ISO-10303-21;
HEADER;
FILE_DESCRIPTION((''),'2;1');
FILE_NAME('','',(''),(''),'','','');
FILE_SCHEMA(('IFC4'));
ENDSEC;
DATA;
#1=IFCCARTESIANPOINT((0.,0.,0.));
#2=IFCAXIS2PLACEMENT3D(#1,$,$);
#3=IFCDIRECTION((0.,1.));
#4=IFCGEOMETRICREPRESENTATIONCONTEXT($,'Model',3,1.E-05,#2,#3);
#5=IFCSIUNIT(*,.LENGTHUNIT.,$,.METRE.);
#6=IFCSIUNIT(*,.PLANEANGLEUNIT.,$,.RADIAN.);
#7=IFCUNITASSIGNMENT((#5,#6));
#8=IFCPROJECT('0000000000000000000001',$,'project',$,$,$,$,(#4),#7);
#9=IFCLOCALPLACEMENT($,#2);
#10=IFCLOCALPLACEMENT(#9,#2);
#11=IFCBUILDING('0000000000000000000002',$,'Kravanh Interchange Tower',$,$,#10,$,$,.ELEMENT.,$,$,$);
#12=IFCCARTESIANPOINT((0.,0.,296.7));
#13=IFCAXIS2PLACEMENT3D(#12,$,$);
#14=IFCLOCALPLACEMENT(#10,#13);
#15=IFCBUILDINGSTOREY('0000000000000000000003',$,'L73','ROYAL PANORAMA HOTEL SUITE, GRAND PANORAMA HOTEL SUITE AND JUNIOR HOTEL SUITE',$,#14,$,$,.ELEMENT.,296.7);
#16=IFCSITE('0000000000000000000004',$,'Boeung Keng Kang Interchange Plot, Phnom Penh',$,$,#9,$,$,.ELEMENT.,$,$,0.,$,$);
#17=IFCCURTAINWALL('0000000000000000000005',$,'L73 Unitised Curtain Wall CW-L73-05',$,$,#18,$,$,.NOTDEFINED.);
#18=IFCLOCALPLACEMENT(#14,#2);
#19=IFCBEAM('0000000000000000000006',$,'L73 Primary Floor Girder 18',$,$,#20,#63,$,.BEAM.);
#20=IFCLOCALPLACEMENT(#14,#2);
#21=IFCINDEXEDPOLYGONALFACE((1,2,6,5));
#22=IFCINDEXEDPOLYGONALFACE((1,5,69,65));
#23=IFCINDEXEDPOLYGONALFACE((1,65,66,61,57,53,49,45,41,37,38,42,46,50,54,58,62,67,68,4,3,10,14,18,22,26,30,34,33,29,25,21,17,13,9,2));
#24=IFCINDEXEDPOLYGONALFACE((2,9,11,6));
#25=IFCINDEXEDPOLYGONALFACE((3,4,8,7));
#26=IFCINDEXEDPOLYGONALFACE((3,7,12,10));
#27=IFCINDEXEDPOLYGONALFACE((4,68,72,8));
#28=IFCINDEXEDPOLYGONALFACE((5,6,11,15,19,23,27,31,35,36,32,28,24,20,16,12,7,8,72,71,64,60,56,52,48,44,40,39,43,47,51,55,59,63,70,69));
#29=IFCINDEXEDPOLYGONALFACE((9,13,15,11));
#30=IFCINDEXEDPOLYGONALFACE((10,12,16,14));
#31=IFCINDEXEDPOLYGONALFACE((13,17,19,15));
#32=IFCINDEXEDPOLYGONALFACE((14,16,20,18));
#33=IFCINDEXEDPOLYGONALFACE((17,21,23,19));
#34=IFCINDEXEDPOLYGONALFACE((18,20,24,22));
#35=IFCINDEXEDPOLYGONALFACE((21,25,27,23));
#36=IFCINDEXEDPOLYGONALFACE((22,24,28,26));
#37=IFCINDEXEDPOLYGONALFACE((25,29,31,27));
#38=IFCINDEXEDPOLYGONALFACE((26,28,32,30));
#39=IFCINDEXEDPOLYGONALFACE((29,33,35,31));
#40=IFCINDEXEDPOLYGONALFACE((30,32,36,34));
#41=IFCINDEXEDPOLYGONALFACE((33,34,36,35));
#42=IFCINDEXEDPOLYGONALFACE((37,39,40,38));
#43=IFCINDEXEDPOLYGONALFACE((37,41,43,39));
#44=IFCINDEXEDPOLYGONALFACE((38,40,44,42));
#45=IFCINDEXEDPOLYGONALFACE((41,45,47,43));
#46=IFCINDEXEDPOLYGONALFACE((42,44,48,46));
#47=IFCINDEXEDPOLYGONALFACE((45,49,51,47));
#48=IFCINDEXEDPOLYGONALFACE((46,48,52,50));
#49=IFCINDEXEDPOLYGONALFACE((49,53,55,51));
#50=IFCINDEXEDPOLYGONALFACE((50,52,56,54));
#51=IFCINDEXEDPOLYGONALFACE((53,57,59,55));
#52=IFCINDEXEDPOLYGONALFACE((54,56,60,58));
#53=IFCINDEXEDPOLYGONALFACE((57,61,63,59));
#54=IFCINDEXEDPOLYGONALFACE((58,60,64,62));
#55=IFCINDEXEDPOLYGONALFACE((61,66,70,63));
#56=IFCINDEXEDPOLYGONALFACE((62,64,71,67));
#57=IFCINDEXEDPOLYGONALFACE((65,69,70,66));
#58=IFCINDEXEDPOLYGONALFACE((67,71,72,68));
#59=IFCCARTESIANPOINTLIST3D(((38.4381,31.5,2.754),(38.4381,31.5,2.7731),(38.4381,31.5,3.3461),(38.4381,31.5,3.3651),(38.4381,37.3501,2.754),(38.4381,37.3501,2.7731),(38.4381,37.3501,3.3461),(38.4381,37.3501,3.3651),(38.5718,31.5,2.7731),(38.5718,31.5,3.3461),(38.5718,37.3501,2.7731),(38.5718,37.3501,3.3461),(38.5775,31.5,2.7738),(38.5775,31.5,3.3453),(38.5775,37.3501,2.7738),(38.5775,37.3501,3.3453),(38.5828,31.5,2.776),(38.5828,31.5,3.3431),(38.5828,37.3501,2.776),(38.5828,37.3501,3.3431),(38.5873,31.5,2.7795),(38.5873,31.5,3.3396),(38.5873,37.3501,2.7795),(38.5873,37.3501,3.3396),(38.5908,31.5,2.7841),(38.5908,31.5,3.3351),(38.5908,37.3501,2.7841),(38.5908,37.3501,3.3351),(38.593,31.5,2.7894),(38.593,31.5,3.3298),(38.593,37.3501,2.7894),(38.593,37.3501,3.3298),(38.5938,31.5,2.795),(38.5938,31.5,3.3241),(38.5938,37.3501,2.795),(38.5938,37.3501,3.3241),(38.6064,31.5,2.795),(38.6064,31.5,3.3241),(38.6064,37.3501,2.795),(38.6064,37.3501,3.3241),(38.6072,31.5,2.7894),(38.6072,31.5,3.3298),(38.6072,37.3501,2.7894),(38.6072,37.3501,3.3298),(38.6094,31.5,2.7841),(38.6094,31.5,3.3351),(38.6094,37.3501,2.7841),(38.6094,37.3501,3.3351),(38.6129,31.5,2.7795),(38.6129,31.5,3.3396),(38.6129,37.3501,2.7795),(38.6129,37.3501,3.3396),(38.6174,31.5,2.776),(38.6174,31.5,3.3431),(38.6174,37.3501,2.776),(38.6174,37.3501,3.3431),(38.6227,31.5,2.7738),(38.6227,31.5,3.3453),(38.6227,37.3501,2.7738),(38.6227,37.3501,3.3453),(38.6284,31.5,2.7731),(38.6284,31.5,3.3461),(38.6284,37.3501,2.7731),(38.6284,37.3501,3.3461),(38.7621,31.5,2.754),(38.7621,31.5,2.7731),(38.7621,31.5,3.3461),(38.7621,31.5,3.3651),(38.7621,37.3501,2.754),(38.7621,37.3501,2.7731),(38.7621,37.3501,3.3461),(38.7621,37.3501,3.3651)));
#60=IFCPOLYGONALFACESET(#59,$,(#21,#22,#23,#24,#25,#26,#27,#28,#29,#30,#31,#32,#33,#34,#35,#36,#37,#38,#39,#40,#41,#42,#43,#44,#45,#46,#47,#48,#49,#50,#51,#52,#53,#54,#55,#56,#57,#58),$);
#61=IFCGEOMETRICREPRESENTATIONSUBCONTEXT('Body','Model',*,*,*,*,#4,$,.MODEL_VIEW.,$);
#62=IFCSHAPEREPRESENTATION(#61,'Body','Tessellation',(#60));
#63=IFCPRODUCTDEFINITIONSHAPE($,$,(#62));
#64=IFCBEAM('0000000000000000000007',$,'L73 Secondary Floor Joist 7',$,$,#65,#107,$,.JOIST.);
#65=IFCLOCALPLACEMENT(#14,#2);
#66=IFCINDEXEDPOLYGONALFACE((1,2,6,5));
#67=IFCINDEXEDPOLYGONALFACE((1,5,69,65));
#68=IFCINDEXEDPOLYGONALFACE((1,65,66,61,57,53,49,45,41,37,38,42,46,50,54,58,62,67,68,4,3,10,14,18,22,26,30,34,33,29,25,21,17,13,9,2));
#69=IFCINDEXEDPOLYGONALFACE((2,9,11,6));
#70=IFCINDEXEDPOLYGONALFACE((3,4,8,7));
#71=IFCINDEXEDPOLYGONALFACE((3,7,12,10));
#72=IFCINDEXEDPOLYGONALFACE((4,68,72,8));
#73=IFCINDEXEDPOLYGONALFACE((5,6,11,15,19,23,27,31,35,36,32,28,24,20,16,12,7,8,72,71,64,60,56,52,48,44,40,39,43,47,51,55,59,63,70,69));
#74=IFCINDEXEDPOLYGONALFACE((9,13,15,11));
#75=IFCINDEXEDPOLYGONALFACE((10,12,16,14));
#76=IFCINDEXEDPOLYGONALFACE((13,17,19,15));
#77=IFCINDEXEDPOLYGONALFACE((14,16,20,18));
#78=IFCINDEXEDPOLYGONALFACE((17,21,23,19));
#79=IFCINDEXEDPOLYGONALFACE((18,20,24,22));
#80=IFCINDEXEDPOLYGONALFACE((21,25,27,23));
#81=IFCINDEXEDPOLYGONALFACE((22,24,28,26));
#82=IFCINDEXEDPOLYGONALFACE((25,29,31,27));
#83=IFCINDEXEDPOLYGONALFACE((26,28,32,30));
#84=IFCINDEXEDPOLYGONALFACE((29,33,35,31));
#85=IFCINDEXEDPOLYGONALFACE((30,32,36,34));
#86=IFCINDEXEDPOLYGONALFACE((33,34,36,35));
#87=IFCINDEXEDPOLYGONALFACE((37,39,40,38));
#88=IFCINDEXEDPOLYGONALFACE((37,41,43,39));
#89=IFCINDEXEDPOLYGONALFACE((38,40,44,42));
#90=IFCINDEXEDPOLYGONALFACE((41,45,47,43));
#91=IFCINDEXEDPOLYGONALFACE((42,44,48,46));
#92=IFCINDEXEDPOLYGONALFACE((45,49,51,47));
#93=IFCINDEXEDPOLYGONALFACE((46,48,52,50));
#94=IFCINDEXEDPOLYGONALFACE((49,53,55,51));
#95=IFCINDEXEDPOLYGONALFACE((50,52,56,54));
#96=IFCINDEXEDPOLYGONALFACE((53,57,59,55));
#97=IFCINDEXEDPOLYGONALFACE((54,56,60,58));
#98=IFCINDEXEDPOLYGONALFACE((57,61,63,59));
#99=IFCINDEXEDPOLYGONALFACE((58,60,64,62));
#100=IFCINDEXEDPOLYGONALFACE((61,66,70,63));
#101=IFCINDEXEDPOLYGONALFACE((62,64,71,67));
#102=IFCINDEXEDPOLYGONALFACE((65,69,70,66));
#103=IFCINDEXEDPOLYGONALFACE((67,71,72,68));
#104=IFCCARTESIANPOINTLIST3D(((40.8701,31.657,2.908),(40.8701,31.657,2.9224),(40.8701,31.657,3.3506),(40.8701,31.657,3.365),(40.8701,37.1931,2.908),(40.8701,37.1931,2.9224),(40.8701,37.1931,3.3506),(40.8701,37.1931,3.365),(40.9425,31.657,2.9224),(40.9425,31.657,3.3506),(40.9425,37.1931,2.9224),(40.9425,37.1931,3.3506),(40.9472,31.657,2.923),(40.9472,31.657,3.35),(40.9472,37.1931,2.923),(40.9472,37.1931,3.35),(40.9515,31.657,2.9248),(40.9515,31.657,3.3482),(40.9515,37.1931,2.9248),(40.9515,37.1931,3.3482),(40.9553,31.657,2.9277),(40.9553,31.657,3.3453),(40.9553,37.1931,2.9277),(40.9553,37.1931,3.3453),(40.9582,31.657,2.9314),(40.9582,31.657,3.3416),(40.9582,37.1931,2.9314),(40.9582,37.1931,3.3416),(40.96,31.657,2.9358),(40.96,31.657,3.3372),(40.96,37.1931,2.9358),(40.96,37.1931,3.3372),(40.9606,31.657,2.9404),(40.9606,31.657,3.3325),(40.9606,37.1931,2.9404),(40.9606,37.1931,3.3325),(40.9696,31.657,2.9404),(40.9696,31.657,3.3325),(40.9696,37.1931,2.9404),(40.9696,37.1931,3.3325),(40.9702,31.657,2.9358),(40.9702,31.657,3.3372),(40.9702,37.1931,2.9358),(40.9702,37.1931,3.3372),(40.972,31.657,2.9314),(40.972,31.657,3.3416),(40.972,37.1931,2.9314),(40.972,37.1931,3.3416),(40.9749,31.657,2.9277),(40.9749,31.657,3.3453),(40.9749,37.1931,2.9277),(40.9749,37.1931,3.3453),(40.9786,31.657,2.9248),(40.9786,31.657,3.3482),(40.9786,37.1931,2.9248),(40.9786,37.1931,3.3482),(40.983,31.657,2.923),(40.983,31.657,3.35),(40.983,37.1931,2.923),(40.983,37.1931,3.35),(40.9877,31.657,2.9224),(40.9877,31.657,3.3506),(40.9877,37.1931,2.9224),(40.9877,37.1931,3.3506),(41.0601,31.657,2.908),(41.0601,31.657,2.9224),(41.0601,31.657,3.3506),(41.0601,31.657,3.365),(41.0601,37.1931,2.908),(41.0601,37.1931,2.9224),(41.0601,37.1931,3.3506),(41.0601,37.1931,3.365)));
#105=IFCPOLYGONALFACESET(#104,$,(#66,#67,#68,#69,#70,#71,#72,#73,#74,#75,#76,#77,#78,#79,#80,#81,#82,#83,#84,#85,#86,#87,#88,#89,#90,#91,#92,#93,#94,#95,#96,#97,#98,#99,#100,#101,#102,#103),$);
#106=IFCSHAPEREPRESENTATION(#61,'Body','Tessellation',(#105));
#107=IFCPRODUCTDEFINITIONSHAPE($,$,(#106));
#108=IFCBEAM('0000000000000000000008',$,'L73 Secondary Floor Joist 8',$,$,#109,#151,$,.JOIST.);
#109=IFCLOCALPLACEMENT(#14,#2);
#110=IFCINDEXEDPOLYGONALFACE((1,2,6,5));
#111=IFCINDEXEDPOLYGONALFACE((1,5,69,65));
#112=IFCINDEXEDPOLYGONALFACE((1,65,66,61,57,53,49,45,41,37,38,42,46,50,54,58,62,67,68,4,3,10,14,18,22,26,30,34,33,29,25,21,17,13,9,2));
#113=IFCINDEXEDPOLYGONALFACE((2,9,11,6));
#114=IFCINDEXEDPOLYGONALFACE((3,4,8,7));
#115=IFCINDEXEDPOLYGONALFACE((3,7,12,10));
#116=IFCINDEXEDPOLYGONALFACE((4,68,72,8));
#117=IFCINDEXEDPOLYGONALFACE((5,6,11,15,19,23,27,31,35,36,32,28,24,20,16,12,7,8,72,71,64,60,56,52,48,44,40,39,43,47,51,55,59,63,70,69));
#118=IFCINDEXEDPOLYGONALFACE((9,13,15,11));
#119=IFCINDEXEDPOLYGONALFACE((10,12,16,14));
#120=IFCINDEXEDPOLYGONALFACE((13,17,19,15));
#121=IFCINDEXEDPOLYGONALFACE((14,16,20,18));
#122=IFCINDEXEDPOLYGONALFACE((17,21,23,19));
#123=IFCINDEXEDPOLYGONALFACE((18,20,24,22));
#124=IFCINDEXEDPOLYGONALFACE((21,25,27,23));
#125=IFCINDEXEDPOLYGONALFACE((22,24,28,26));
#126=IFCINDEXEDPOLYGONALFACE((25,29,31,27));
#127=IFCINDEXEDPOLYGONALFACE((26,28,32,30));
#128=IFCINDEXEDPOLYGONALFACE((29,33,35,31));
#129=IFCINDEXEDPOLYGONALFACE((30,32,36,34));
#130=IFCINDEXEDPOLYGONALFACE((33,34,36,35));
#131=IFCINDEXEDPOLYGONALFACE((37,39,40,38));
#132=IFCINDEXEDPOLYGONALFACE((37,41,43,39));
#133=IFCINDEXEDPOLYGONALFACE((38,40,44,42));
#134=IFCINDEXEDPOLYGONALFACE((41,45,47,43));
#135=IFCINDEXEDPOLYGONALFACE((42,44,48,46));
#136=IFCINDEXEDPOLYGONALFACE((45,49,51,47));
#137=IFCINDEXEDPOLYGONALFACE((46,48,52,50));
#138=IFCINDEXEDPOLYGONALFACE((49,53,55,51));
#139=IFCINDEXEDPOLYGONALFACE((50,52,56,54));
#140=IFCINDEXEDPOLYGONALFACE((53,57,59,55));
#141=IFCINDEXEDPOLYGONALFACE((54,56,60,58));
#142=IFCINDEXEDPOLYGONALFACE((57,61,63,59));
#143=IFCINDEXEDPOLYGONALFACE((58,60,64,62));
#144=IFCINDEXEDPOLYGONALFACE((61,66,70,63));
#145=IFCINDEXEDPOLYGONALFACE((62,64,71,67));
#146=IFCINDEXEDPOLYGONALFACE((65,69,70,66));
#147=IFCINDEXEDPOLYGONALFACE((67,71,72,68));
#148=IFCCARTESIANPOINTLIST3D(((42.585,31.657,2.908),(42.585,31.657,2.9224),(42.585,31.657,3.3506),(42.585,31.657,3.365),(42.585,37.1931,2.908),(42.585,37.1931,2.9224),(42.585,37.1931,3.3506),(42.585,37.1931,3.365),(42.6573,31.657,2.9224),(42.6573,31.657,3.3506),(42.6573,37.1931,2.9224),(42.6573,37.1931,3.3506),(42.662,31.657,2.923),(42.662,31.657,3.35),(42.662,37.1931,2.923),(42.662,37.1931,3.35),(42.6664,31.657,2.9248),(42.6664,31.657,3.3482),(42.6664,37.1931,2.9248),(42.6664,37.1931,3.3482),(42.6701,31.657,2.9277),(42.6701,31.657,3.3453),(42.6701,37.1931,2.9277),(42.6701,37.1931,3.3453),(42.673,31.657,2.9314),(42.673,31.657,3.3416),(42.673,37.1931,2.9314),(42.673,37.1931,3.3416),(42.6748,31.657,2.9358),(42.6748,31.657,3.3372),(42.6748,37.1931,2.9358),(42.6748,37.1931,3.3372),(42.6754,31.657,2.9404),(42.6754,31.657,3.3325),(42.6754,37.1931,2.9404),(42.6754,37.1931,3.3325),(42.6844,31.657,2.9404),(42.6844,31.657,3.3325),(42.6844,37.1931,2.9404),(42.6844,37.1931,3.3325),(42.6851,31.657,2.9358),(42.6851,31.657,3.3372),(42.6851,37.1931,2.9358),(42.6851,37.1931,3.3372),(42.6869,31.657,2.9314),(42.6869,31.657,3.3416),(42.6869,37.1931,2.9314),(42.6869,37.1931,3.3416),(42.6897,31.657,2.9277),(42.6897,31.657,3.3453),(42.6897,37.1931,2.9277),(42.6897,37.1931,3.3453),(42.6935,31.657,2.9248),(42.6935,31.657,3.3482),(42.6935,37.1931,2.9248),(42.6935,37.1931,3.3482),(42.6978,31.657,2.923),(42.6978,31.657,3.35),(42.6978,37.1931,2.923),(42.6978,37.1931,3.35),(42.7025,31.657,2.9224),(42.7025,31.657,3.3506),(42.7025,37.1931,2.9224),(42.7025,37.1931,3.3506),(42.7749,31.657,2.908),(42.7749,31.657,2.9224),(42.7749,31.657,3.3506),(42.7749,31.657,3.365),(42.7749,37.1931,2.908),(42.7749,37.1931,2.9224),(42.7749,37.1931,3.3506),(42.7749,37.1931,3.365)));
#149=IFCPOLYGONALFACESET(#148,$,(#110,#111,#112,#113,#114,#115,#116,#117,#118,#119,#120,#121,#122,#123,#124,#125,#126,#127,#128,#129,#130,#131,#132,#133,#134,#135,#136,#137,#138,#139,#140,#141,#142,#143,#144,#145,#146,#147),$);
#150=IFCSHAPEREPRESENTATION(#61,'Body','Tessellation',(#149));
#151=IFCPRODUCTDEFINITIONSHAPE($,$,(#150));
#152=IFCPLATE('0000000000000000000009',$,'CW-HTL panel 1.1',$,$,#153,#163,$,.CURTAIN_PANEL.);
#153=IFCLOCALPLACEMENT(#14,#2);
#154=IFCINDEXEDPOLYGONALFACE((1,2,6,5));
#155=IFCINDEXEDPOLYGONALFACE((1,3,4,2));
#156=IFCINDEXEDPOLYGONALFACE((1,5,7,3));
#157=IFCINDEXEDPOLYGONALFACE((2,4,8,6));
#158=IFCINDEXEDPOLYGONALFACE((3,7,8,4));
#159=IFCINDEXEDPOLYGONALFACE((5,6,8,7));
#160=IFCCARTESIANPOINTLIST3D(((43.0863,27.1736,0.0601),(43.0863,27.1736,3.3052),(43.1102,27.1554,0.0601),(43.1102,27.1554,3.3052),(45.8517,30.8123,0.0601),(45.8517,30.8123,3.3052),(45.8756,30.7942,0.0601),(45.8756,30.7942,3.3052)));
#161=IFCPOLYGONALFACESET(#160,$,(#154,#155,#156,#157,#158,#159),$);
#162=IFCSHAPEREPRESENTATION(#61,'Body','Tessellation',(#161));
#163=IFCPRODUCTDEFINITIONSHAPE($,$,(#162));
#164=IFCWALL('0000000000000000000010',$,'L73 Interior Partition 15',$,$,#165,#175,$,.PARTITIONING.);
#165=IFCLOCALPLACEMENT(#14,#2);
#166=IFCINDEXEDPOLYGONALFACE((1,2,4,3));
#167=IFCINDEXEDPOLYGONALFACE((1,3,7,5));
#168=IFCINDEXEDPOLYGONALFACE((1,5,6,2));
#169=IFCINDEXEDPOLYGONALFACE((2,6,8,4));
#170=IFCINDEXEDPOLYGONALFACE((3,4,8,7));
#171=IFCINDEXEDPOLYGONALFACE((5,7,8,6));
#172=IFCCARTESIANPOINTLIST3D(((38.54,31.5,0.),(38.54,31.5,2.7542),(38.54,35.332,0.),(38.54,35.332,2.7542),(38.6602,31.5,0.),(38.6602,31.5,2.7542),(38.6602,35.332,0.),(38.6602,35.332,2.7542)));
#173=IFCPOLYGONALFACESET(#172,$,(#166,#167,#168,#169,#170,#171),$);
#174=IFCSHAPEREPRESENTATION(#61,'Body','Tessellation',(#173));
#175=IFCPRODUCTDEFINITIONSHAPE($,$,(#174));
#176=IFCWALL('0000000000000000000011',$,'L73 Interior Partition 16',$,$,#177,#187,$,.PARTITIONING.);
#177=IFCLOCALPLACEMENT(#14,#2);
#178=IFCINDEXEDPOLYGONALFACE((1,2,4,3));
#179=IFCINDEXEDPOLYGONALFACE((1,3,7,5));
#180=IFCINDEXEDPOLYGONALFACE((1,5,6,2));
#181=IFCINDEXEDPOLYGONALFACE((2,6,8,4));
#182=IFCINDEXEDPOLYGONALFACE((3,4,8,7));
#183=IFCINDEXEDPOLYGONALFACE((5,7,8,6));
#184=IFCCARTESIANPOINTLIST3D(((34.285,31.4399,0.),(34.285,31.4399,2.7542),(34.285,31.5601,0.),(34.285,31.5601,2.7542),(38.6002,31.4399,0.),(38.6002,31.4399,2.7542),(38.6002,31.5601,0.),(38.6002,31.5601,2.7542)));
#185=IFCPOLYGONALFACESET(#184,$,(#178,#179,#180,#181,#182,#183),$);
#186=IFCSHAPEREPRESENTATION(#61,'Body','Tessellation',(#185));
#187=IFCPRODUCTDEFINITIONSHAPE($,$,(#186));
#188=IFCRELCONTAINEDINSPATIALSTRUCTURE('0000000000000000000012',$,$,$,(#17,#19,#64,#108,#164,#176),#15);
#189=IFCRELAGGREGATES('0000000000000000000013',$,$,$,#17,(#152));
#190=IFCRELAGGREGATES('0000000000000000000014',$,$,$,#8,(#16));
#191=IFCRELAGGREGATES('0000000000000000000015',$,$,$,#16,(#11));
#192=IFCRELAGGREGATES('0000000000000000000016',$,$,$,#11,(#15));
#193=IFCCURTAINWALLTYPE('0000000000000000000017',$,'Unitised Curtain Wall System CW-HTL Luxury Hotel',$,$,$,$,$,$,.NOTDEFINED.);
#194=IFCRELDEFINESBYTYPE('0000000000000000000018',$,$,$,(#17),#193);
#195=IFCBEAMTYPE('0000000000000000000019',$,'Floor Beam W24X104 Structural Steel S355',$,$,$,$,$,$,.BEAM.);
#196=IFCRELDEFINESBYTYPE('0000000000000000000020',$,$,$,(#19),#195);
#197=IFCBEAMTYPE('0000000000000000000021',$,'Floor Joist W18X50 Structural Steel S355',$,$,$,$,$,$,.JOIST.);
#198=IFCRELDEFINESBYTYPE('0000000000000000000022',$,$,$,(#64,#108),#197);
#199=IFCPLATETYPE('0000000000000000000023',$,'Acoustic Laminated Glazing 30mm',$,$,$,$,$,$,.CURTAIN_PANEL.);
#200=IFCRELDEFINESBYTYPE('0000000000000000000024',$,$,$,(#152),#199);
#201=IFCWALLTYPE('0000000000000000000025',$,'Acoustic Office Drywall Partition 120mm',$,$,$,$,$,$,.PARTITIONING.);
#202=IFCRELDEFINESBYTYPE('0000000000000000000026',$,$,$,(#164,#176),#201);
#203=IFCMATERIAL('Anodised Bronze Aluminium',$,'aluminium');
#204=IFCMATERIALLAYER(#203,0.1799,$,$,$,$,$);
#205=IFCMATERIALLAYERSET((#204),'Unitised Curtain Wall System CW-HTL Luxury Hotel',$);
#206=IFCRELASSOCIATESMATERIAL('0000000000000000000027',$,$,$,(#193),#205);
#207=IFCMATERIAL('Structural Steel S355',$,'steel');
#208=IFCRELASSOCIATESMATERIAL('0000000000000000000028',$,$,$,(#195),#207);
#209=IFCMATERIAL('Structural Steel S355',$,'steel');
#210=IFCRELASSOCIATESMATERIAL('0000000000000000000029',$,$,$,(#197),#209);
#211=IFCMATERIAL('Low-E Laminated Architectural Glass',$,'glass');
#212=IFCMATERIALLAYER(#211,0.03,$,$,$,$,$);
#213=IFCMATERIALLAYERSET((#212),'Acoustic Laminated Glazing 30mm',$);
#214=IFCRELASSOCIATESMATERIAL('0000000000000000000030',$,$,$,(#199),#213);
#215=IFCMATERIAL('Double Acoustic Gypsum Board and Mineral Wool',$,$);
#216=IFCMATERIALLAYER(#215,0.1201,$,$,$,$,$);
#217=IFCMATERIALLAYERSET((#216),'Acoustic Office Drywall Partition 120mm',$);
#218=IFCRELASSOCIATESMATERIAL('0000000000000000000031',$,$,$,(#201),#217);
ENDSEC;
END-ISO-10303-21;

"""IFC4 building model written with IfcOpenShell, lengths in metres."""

from ifc_helpers import new_model, si_unit, direction, frame, frame_2d, origin, origin_2d, place, context, subcontext, project, spatial, rectangle, i_section, extrude, material, layer, layer_set, material_profile, profile_set, type_object, element, aggregate, save


model = new_model("IFC4")

# Units and contexts
model_context = context("Model", 3, precision=1e-05, world=origin(), true_north=direction((0.0, 1.0)))
body_context = subcontext(model_context, "Body", "Model", "MODEL_VIEW")
ifc_project = project(units=[si_unit("LENGTHUNIT", "METRE"), si_unit("PLANEANGLEUNIT", "RADIAN")], contexts=[model_context])

# Site, building, storey
site_placement = place(None, origin())
site = spatial("IfcSite", under=ifc_project, at=site_placement, Name="Boeung Keng Kang Interchange Plot, Phnom Penh", CompositionType="ELEMENT", RefElevation=0.0)
building_placement = place(site_placement, origin())
building = spatial("IfcBuilding", under=site, at=building_placement, Name="Kravanh Interchange Tower", CompositionType="ELEMENT")
storey_placement = place(building_placement, frame((0.0, 0.0, 296.7)))
storey = spatial("IfcBuildingStorey", under=building, at=storey_placement, Name="L73", Description="ROYAL PANORAMA HOTEL SUITE, GRAND PANORAMA HOTEL SUITE AND JUNIOR HOTEL SUITE", CompositionType="ELEMENT", Elevation=296.7)

# Curtain wall
ifc_material_1 = material(Name="Anodised Bronze Aluminium", Category="aluminium")
ifc_layer_1 = layer(ifc_material_1, 0.1799)
ifc_layer_set_1 = layer_set([ifc_layer_1], Name="Unitised Curtain Wall System CW-HTL Luxury Hotel")
curtain_wall_type = type_object("IfcCurtainWallType", Name="Unitised Curtain Wall System CW-HTL Luxury Hotel", PredefinedType="NOTDEFINED", material=ifc_layer_set_1)
curtain_wall_placement = place(storey_placement, origin())
curtain_wall = element("IfcCurtainWall", 1, at=curtain_wall_placement, inside=storey, type_object=curtain_wall_type, Name="L73 Unitised Curtain Wall CW-L73-05", PredefinedType="NOTDEFINED")

# Beams
ifc_material_2 = material(Name="Structural Steel S355", Category="steel")
ifc_material_profile_1 = material_profile(ifc_material_2, i_section(OverallWidth=0.324, OverallDepth=0.6111, WebThickness=0.0127, FlangeThickness=0.019, FilletRadius=0.022, at=origin_2d()), Name="W24X104")
ifc_profile_set_1 = profile_set([ifc_material_profile_1], Name="Structural Steel S355")
beam_type_1 = type_object("IfcBeamType", Name="Floor Beam W24X104 Structural Steel S355", PredefinedType="BEAM", material=ifc_profile_set_1)
beam_1_placement = place(storey_placement, frame((38.6001, 31.5, 3.0596), z_axis=(0.0, 1.0, 0.0), x_axis=(-1.0, 0.0, 0.0)))
element("IfcBeam", 2, at=beam_1_placement, inside=storey, type_object=beam_type_1, Name="L73 Primary Floor Girder 18", PredefinedType="BEAM", context=body_context, shape_type="SweptSolid", body=[
    extrude(i_section(OverallWidth=0.324, OverallDepth=0.6111, WebThickness=0.0127, FlangeThickness=0.019, FilletRadius=0.022, at=origin_2d()), origin(), (0.0, 0.0, 1.0), 5.8501),
])
ifc_material_3 = material(Name="Structural Steel S355", Category="steel")
ifc_material_profile_2 = material_profile(ifc_material_3, i_section(OverallWidth=0.1899, OverallDepth=0.457, WebThickness=0.009, FlangeThickness=0.0144, FilletRadius=0.0181, at=origin_2d()), Name="W18X50")
ifc_profile_set_2 = profile_set([ifc_material_profile_2], Name="Structural Steel S355")
beam_type_2 = type_object("IfcBeamType", Name="Floor Joist W18X50 Structural Steel S355", PredefinedType="JOIST", material=ifc_profile_set_2)
for number, where, z_axis, x_axis, name in (
    (3, (40.9651, 31.657, 3.1365), (0.0, 1.0, 0.0), (-1.0, 0.0, 0.0), "L73 Secondary Floor Joist 7"),
    (4, (42.6799, 31.657, 3.1365), (0.0, 1.0, 0.0), (-1.0, 0.0, 0.0), "L73 Secondary Floor Joist 8"),
):
    element("IfcBeam", number, at=place(storey_placement, frame(where, z_axis=z_axis, x_axis=x_axis)), inside=storey, type_object=beam_type_2, Name=name, PredefinedType="JOIST", context=body_context, shape_type="SweptSolid", body=[
        extrude(i_section(OverallWidth=0.1899, OverallDepth=0.457, WebThickness=0.009, FlangeThickness=0.0144, FilletRadius=0.0181, at=origin_2d()), origin(), (0.0, 0.0, 1.0), 5.5361),
    ])

# Plate
ifc_material_4 = material(Name="Low-E Laminated Architectural Glass", Category="glass")
ifc_layer_2 = layer(ifc_material_4, 0.03)
ifc_layer_set_2 = layer_set([ifc_layer_2], Name="Acoustic Laminated Glazing 30mm")
plate_type = type_object("IfcPlateType", Name="Acoustic Laminated Glazing 30mm", PredefinedType="CURTAIN_PANEL", material=ifc_layer_set_2)
plate_placement = place(storey_placement, frame((44.481, 28.9839, 0.0601), z_axis=(0.0, 0.0, 1.0), x_axis=(-0.605084, -0.796162, 0.0)))
plate = element("IfcPlate", 5, at=plate_placement, type_object=plate_type, Name="CW-HTL panel 1.1", PredefinedType="CURTAIN_PANEL", context=body_context, shape_type="SweptSolid", body=[
    extrude(rectangle(XDim=4.5703, YDim=0.03, at=origin_2d()), origin(), (0.0, 0.0, 1.0), 3.2451),
])
aggregate(curtain_wall, [plate])

# Walls
ifc_material_5 = material(Name="Double Acoustic Gypsum Board and Mineral Wool")
ifc_layer_3 = layer(ifc_material_5, 0.1201)
ifc_layer_set_3 = layer_set([ifc_layer_3], Name="Acoustic Office Drywall Partition 120mm")
wall_type_1 = type_object("IfcWallType", Name="Acoustic Office Drywall Partition 120mm", PredefinedType="PARTITIONING", material=ifc_layer_set_3)
wall_1_placement = place(storey_placement, frame((38.6001, 31.5, 0.0), z_axis=(0.0, 0.0, 1.0), x_axis=(0.0, 1.0, 0.0)))
element("IfcWall", 6, at=wall_1_placement, inside=storey, type_object=wall_type_1, Name="L73 Interior Partition 15", PredefinedType="PARTITIONING", context=body_context, shape_type="SweptSolid", body=[
    extrude(rectangle(XDim=3.832, YDim=0.1201, at=frame_2d((1.916, 0.0))), origin(), (0.0, 0.0, 1.0), 2.7542),
])
wall_2_placement = place(storey_placement, frame((34.2849, 31.5, 0.0), z_axis=(0.0, 0.0, 1.0), x_axis=(1.0, 0.0, 0.0)))
element("IfcWall", 7, at=wall_2_placement, inside=storey, type_object=wall_type_1, Name="L73 Interior Partition 16", PredefinedType="PARTITIONING", context=body_context, shape_type="SweptSolid", body=[
    extrude(rectangle(XDim=4.3152, YDim=0.1201, at=frame_2d((2.1577, 0.0))), origin(), (0.0, 0.0, 1.0), 2.7542),
])

save(model, "model.ifc")
